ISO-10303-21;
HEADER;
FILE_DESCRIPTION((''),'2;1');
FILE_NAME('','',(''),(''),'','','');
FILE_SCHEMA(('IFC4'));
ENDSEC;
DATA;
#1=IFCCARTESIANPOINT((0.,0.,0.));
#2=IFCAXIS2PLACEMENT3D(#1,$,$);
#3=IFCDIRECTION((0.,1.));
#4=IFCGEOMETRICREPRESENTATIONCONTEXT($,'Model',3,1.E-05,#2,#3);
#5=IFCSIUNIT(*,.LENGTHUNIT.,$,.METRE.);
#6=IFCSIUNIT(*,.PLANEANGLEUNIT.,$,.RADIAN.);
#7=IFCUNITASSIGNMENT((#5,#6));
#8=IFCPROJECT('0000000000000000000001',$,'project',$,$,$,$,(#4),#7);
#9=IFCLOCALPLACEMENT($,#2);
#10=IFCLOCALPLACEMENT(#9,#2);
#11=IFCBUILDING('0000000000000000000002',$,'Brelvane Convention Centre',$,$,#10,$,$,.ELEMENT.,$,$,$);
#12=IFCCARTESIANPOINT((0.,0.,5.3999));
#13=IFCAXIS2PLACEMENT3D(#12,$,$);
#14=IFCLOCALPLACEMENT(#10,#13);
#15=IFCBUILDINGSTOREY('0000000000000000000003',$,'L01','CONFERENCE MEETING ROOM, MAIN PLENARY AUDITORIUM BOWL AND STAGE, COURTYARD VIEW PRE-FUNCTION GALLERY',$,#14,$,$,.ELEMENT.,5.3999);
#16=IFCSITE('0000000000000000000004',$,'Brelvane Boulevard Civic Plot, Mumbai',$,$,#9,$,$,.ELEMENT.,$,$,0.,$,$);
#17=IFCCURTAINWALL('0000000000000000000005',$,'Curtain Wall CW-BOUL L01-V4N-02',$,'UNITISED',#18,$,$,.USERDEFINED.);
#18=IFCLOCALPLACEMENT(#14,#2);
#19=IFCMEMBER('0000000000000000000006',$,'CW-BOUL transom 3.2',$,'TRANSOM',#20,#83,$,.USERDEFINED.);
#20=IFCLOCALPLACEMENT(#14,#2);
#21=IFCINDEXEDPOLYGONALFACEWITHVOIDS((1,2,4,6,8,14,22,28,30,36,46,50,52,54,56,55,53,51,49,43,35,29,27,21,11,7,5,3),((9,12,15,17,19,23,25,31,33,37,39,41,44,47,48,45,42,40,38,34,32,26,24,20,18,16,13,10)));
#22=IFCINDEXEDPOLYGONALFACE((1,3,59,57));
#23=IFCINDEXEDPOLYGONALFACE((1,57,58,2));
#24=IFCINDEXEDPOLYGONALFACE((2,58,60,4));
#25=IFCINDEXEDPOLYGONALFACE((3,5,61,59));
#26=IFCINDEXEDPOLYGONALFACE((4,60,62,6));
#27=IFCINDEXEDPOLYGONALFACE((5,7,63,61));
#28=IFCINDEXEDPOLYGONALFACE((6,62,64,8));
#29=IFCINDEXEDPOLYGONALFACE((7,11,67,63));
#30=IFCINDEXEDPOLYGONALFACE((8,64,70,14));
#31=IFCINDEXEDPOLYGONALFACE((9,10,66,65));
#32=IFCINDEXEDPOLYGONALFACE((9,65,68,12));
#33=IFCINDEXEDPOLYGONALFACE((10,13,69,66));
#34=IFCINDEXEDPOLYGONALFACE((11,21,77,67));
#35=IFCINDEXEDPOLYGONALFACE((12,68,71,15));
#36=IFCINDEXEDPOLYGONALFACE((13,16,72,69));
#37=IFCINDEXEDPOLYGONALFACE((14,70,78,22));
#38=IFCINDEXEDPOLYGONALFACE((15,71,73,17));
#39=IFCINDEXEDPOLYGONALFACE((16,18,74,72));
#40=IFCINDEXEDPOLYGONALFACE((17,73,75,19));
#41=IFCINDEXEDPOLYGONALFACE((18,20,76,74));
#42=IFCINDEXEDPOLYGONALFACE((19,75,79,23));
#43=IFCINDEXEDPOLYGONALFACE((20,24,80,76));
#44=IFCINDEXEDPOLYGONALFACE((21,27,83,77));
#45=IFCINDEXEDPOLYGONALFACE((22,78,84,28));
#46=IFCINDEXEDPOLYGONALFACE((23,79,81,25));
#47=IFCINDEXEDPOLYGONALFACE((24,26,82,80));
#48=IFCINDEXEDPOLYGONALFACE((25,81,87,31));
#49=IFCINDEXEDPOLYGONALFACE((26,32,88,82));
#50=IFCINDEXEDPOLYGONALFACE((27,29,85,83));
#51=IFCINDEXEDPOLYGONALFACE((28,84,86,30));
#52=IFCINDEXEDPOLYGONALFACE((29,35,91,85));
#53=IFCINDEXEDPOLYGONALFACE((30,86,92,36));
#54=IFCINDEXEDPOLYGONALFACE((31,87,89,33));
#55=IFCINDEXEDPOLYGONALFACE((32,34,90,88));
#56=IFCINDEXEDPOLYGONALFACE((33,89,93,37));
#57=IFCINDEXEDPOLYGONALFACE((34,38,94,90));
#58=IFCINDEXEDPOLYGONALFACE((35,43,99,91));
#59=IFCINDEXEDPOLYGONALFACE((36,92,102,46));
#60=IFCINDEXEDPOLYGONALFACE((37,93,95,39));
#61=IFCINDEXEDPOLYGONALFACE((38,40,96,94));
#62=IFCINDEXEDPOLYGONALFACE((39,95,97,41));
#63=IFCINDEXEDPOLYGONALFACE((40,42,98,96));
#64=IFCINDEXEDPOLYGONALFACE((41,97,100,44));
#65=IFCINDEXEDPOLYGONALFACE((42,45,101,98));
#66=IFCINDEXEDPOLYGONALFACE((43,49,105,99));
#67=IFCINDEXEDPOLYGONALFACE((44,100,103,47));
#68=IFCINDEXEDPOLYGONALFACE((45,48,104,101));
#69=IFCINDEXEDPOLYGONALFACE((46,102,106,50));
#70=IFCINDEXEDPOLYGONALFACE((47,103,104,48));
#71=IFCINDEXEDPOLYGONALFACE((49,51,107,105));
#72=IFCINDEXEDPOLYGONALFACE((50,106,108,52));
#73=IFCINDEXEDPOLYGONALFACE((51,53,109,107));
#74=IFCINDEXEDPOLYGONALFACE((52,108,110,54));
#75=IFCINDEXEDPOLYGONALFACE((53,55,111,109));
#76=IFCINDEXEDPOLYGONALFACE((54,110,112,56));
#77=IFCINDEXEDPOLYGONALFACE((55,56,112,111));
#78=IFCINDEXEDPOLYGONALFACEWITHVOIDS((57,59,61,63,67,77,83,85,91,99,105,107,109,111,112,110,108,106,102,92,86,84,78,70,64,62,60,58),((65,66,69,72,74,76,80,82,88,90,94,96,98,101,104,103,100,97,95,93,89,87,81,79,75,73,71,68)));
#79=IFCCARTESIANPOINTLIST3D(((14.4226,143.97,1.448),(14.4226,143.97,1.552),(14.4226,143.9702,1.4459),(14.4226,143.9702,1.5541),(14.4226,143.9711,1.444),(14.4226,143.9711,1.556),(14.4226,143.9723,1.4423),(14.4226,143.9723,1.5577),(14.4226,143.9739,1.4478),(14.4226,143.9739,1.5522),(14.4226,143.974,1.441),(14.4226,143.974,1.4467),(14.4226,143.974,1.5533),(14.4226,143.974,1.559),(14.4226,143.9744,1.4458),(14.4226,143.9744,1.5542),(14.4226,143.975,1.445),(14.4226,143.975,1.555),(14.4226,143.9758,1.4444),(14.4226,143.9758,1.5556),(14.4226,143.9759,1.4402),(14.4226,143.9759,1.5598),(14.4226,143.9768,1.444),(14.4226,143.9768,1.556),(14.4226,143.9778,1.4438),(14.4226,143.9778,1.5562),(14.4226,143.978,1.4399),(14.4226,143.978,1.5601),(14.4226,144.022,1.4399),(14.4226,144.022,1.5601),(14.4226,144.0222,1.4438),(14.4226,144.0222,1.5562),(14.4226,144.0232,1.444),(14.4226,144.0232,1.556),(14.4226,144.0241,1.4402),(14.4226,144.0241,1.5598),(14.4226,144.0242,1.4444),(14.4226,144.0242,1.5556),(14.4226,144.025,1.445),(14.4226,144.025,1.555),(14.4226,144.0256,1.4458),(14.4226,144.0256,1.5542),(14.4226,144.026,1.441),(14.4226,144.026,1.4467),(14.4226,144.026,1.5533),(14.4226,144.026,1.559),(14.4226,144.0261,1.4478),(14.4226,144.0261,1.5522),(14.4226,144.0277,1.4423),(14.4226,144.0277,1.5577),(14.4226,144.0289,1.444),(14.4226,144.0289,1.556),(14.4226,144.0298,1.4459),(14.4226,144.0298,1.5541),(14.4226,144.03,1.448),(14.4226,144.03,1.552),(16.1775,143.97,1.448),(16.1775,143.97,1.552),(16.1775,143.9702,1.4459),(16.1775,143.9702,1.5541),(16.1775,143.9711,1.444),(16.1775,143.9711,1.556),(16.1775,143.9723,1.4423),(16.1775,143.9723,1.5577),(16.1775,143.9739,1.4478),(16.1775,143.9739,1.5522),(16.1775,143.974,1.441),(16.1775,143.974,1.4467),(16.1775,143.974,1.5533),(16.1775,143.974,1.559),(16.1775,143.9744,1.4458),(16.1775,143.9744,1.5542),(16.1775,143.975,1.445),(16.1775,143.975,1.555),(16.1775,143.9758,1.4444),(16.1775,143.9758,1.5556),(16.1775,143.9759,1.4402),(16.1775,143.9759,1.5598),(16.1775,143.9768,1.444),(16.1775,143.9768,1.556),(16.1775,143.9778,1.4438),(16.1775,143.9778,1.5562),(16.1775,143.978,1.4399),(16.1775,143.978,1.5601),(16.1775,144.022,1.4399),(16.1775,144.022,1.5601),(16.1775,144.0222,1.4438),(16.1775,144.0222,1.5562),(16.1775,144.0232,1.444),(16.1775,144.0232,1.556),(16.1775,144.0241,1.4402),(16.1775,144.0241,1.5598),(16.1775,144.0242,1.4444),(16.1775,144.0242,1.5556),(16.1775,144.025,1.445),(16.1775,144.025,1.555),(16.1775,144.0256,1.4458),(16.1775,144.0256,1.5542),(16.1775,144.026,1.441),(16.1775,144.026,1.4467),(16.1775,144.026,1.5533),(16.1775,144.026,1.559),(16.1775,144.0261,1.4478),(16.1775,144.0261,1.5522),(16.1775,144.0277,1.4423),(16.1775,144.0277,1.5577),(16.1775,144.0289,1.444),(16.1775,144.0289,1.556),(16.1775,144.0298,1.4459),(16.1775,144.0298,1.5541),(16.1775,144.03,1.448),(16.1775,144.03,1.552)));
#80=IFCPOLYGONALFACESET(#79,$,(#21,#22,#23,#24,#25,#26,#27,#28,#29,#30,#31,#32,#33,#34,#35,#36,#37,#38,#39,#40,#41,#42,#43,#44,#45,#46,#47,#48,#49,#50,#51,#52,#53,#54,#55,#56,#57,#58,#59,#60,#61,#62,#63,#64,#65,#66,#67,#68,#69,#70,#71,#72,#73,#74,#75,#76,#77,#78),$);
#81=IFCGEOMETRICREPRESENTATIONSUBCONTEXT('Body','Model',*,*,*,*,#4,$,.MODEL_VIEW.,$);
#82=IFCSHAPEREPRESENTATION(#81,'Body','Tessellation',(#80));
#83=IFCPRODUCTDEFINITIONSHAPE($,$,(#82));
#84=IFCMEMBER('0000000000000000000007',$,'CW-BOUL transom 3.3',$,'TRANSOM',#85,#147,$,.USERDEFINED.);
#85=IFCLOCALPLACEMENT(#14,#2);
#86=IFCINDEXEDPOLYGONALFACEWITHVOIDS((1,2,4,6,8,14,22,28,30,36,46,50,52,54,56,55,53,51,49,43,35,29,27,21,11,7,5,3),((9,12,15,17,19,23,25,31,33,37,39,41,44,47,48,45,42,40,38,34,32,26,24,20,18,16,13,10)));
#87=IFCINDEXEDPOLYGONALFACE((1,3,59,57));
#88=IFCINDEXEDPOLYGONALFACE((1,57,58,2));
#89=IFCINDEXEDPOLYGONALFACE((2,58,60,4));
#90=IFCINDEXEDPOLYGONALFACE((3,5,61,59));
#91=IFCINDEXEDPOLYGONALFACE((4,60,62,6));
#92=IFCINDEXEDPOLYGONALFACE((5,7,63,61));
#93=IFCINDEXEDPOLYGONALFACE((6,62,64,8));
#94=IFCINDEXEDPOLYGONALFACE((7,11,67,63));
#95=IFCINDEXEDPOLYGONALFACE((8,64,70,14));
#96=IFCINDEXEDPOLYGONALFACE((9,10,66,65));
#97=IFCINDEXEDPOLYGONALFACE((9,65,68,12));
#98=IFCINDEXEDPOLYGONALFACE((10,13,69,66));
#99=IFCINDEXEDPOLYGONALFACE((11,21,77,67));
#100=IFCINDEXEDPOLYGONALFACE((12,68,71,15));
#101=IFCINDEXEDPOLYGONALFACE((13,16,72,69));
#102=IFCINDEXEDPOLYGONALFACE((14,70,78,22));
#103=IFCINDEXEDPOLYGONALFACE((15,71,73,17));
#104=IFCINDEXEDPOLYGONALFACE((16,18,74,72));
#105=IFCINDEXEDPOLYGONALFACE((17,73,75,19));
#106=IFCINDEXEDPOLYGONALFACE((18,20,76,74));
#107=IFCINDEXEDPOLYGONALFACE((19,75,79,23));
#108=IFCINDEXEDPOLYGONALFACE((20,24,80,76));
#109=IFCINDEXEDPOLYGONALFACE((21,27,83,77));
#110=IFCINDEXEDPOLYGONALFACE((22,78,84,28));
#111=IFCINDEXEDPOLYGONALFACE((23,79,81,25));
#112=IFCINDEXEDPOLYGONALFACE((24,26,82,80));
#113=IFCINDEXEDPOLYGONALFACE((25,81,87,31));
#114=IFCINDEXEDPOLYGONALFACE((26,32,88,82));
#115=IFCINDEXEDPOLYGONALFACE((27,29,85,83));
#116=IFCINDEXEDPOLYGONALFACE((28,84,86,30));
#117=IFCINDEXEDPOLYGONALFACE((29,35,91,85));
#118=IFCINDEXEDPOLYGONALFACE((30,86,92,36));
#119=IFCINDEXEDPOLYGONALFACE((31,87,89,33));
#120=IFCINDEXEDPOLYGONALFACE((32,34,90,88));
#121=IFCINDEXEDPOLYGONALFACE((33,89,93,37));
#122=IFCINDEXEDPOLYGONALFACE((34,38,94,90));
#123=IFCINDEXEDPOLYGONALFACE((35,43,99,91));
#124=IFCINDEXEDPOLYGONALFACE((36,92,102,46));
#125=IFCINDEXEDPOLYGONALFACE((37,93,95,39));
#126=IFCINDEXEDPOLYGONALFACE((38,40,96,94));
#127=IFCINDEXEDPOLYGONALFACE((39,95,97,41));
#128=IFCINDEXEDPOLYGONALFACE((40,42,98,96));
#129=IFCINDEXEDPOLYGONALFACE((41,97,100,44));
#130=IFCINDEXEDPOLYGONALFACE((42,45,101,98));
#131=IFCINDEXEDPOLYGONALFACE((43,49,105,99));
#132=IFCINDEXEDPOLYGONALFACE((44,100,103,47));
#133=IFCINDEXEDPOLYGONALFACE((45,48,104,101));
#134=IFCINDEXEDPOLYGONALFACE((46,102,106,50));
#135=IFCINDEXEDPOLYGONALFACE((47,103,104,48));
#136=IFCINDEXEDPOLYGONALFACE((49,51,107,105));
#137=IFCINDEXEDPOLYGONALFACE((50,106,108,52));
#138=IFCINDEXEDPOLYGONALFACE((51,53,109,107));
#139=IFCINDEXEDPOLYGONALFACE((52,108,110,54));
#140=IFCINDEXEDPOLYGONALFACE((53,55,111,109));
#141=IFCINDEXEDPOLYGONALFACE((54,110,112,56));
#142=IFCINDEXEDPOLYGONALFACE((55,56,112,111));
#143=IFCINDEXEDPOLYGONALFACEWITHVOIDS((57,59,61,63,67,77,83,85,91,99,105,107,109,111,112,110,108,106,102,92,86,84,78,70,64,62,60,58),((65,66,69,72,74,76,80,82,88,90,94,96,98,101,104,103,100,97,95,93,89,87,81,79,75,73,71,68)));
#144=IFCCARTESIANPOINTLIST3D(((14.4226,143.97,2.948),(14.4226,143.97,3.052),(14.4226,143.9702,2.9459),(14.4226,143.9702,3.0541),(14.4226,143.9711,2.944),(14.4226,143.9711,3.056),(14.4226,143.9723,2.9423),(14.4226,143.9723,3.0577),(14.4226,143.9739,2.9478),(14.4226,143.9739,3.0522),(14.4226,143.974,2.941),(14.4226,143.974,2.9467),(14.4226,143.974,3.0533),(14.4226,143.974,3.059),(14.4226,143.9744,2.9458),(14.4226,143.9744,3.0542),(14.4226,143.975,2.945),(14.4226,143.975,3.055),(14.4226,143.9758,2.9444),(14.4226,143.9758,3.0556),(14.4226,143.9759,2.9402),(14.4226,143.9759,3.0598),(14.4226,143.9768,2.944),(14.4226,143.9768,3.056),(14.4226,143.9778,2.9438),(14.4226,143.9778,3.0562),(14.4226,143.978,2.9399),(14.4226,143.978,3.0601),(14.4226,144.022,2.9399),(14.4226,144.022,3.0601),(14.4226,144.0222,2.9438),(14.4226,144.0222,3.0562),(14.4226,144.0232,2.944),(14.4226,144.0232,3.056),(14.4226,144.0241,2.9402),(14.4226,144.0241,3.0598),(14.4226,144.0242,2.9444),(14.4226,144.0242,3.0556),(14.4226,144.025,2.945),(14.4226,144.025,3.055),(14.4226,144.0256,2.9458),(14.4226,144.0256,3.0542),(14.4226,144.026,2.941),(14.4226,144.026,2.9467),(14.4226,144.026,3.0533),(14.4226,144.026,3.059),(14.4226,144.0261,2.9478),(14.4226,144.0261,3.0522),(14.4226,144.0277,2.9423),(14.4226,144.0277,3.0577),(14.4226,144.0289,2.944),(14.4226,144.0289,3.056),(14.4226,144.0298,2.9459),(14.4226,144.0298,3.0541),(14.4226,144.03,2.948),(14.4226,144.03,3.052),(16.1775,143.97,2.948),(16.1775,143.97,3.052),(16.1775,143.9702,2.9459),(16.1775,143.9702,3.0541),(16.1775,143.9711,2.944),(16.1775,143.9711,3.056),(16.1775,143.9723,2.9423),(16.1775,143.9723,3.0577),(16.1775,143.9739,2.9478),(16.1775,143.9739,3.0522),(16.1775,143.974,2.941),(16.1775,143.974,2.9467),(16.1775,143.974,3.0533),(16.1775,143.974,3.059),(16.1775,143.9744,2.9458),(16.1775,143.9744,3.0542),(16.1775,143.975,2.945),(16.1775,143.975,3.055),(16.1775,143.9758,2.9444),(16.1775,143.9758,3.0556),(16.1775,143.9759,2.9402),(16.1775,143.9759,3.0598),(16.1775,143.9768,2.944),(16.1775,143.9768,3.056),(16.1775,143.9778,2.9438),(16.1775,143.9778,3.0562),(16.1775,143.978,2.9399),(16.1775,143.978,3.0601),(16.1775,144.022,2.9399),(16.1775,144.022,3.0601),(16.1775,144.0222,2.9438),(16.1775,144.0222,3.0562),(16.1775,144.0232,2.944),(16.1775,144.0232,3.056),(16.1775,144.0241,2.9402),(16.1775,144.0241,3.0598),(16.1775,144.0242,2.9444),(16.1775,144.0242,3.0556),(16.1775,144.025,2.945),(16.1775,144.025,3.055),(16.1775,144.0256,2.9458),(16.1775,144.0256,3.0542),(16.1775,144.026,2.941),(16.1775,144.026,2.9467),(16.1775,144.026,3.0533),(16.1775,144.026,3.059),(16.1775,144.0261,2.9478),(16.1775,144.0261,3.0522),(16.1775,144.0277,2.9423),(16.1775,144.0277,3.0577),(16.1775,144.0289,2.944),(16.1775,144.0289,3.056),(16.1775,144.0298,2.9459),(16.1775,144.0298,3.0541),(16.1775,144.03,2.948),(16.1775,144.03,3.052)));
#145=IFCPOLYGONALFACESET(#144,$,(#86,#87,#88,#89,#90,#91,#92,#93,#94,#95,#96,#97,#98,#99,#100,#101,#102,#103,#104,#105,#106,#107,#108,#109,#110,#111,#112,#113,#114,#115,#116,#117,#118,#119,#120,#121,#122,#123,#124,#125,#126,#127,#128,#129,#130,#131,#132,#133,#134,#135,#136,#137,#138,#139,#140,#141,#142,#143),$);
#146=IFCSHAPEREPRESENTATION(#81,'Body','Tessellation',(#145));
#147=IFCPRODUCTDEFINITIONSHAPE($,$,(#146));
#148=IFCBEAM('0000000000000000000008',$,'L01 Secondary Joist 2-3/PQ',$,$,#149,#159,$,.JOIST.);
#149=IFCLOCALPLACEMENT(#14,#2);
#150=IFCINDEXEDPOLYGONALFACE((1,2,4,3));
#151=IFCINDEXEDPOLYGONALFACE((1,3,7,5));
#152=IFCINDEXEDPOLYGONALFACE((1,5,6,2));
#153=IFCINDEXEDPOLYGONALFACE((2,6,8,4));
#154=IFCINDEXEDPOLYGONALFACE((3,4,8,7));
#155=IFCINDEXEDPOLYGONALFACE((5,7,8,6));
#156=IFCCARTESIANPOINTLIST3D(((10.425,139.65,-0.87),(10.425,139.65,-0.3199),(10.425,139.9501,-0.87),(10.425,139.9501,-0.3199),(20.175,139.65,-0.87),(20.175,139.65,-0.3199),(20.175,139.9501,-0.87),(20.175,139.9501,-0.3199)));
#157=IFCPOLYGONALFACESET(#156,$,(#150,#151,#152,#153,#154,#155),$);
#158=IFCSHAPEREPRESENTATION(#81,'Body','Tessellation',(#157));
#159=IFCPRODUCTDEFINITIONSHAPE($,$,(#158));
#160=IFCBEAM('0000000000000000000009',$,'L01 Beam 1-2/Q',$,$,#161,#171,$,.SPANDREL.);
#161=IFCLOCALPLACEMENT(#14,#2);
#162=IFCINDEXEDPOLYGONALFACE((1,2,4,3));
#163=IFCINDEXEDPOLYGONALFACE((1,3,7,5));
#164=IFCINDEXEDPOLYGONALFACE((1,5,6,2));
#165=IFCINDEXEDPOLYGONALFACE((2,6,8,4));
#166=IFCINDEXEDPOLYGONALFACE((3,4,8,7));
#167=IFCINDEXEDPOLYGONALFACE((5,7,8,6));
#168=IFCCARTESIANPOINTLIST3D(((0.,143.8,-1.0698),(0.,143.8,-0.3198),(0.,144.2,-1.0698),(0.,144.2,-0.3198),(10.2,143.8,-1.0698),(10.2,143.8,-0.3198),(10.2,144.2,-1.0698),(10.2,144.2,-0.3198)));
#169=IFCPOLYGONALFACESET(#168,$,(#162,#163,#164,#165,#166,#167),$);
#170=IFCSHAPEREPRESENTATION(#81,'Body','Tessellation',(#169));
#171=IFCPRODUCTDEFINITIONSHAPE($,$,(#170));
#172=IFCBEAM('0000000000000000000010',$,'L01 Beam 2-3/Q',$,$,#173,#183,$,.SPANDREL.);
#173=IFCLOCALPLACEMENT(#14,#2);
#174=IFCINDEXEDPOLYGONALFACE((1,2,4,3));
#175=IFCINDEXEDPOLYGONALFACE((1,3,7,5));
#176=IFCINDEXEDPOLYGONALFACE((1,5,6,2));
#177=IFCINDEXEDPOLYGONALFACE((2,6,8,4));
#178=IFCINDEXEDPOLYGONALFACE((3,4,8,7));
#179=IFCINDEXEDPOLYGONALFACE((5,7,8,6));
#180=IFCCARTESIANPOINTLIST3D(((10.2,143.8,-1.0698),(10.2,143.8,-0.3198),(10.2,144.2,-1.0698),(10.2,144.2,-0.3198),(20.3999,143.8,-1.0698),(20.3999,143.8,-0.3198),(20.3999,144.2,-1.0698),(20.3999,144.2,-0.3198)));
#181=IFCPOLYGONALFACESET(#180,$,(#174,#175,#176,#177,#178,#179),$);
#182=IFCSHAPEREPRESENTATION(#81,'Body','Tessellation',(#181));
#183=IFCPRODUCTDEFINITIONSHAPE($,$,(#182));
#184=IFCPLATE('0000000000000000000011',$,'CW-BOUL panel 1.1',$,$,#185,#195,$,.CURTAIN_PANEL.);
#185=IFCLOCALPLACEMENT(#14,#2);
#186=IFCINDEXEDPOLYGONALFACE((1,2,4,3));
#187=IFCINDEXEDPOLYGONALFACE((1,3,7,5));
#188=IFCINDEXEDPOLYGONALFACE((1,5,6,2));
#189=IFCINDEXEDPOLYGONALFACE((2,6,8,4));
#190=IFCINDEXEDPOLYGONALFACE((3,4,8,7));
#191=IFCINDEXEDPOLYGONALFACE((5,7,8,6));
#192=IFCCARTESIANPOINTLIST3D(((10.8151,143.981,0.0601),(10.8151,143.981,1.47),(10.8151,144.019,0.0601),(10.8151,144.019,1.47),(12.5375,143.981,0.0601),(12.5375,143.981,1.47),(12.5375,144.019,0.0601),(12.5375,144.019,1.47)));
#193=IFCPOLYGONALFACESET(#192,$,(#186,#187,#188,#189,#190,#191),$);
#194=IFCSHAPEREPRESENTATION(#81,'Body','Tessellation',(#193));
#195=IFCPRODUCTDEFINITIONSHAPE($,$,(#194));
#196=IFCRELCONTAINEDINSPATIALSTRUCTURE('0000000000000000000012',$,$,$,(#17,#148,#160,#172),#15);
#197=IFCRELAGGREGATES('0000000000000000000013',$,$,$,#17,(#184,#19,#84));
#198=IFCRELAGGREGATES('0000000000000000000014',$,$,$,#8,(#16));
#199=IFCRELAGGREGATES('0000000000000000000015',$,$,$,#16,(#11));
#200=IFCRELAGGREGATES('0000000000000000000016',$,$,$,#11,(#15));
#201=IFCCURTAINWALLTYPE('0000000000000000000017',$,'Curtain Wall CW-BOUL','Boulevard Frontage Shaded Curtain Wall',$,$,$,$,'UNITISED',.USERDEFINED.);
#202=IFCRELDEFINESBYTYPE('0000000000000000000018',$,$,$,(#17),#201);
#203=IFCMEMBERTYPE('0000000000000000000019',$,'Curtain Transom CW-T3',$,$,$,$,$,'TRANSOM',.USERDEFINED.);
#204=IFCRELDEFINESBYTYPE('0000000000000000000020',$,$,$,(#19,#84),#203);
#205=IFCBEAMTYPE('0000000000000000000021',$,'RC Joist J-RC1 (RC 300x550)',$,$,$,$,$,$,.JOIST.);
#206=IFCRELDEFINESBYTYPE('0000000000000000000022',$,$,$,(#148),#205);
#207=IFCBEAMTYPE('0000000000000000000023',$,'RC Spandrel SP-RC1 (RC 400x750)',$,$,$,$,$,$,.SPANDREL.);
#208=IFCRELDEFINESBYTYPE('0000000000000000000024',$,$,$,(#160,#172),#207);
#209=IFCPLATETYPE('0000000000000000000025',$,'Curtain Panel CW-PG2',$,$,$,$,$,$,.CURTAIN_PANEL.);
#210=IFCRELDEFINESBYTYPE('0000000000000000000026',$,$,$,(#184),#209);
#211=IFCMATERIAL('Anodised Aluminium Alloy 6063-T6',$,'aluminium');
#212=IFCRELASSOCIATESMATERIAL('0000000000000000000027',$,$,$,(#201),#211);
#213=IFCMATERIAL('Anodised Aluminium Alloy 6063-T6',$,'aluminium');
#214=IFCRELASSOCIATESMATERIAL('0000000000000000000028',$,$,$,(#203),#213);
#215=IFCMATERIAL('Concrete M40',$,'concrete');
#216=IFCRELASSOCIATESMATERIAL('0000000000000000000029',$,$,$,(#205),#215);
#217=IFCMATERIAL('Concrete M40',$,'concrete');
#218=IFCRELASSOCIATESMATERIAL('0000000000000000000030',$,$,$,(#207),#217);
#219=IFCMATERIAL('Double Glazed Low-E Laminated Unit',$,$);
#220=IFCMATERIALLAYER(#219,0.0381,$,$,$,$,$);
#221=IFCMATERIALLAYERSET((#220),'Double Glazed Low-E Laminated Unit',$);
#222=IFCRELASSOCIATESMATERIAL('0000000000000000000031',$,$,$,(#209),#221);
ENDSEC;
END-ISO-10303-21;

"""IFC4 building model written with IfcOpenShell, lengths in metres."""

from ifc_helpers import new_model, si_unit, direction, frame, origin, origin_2d, place, context, subcontext, project, spatial, rectangle, hollow_rectangle, extrude, material, layer, layer_set, material_profile, profile_set, type_object, element, aggregate, save


model = new_model("IFC4")

# Units and contexts
model_context = context("Model", 3, precision=1e-05, world=origin(), true_north=direction((0.0, 1.0)))
body_context = subcontext(model_context, "Body", "Model", "MODEL_VIEW")
ifc_project = project(units=[si_unit("LENGTHUNIT", "METRE"), si_unit("PLANEANGLEUNIT", "RADIAN")], contexts=[model_context])

# Site, building, storey
site_placement = place(None, origin())
site = spatial("IfcSite", under=ifc_project, at=site_placement, Name="Brelvane Boulevard Civic Plot, Mumbai", CompositionType="ELEMENT", RefElevation=0.0)
building_placement = place(site_placement, origin())
building = spatial("IfcBuilding", under=site, at=building_placement, Name="Brelvane Convention Centre", CompositionType="ELEMENT")
storey_placement = place(building_placement, frame((0.0, 0.0, 5.3999)))
storey = spatial("IfcBuildingStorey", under=building, at=storey_placement, Name="L01", Description="CONFERENCE MEETING ROOM, MAIN PLENARY AUDITORIUM BOWL AND STAGE, COURTYARD VIEW PRE-FUNCTION GALLERY", CompositionType="ELEMENT", Elevation=5.3999)

# Curtain wall, members
ifc_material_1 = material(Name="Anodised Aluminium Alloy 6063-T6", Category="aluminium")
curtain_wall_type = type_object("IfcCurtainWallType", Name="Curtain Wall CW-BOUL", Description="Boulevard Frontage Shaded Curtain Wall", ElementType="UNITISED", PredefinedType="USERDEFINED", material=ifc_material_1)
curtain_wall_placement = place(storey_placement, origin())
curtain_wall = element("IfcCurtainWall", 1, at=curtain_wall_placement, inside=storey, type_object=curtain_wall_type, Name="Curtain Wall CW-BOUL L01-V4N-02", ObjectType="UNITISED", PredefinedType="USERDEFINED")
ifc_material_2 = material(Name="Anodised Aluminium Alloy 6063-T6", Category="aluminium")
ifc_material_profile_1 = material_profile(ifc_material_2, hollow_rectangle(XDim=0.0601, YDim=0.1201, WallThickness=0.0039, InnerFilletRadius=0.0039, OuterFilletRadius=0.0081, at=origin_2d()), Name="ALU-T 120x60x4.0")
ifc_profile_set_1 = profile_set([ifc_material_profile_1], Name="Anodised Aluminium Alloy 6063-T6")
member_type_1 = type_object("IfcMemberType", Name="Curtain Transom CW-T3", ElementType="TRANSOM", PredefinedType="USERDEFINED", material=ifc_profile_set_1)
member_1_placement = place(storey_placement, frame((14.4226, 144.0, 1.5), z_axis=(1.0, 0.0, 0.0), x_axis=(0.0, 1.0, 0.0)))
member_1 = element("IfcMember", 2, at=member_1_placement, type_object=member_type_1, Name="CW-BOUL transom 3.2", ObjectType="TRANSOM", PredefinedType="USERDEFINED", context=body_context, shape_type="SweptSolid", body=[
    extrude(hollow_rectangle(XDim=0.0601, YDim=0.1201, WallThickness=0.0039, InnerFilletRadius=0.0039, OuterFilletRadius=0.0081, at=origin_2d()), origin(), (0.0, 0.0, 1.0), 1.7549),
])
member_2_placement = place(storey_placement, frame((14.4226, 144.0, 3.0), z_axis=(1.0, 0.0, 0.0), x_axis=(0.0, 1.0, 0.0)))
member_2 = element("IfcMember", 3, at=member_2_placement, type_object=member_type_1, Name="CW-BOUL transom 3.3", ObjectType="TRANSOM", PredefinedType="USERDEFINED", context=body_context, shape_type="SweptSolid", body=[
    extrude(hollow_rectangle(XDim=0.0601, YDim=0.1201, WallThickness=0.0039, InnerFilletRadius=0.0039, OuterFilletRadius=0.0081, at=origin_2d()), origin(), (0.0, 0.0, 1.0), 1.7549),
])

# Beams
ifc_material_3 = material(Name="Concrete M40", Category="concrete")
ifc_material_profile_2 = material_profile(ifc_material_3, rectangle(XDim=0.3, YDim=0.55, at=origin_2d()), Name="RC 300x550")
ifc_profile_set_2 = profile_set([ifc_material_profile_2], Name="Concrete M40")
beam_type_1 = type_object("IfcBeamType", Name="RC Joist J-RC1 (RC 300x550)", PredefinedType="JOIST", material=ifc_profile_set_2)
beam_placement = place(storey_placement, frame((10.425, 139.8, -0.595), z_axis=(1.0, 0.0, 0.0), x_axis=(0.0, 1.0, 0.0)))
element("IfcBeam", 4, at=beam_placement, inside=storey, type_object=beam_type_1, Name="L01 Secondary Joist 2-3/PQ", PredefinedType="JOIST", context=body_context, shape_type="SweptSolid", body=[
    extrude(rectangle(XDim=0.3, YDim=0.55, at=origin_2d()), origin(), (0.0, 0.0, 1.0), 9.75),
])
ifc_material_4 = material(Name="Concrete M40", Category="concrete")
ifc_material_profile_3 = material_profile(ifc_material_4, rectangle(XDim=0.3999, YDim=0.75, at=origin_2d()), Name="RC 400x750")
ifc_profile_set_3 = profile_set([ifc_material_profile_3], Name="Concrete M40")
beam_type_2 = type_object("IfcBeamType", Name="RC Spandrel SP-RC1 (RC 400x750)", PredefinedType="SPANDREL", material=ifc_profile_set_3)
for number, where, z_axis, x_axis, name in (
    (5, (0.0, 144.0, -0.6948), (1.0, 0.0, 0.0), (0.0, 1.0, 0.0), "L01 Beam 1-2/Q"),
    (6, (10.2, 144.0, -0.6948), (1.0, 0.0, 0.0), (0.0, 1.0, 0.0), "L01 Beam 2-3/Q"),
):
    element("IfcBeam", number, at=place(storey_placement, frame(where, z_axis=z_axis, x_axis=x_axis)), inside=storey, type_object=beam_type_2, Name=name, PredefinedType="SPANDREL", context=body_context, shape_type="SweptSolid", body=[
        extrude(rectangle(XDim=0.3999, YDim=0.75, at=origin_2d()), origin(), (0.0, 0.0, 1.0), 10.2),
    ])

# Plate
ifc_material_5 = material(Name="Double Glazed Low-E Laminated Unit")
ifc_layer_1 = layer(ifc_material_5, 0.0381)
ifc_layer_set_1 = layer_set([ifc_layer_1], Name="Double Glazed Low-E Laminated Unit")
plate_type = type_object("IfcPlateType", Name="Curtain Panel CW-PG2", PredefinedType="CURTAIN_PANEL", material=ifc_layer_set_1)
plate_1_placement = place(storey_placement, frame((11.6763, 144.0, 0.0601), z_axis=(0.0, 0.0, 1.0), x_axis=(1.0, 0.0, 0.0)))
plate_1 = element("IfcPlate", 7, at=plate_1_placement, type_object=plate_type, Name="CW-BOUL panel 1.1", PredefinedType="CURTAIN_PANEL", context=body_context, shape_type="SweptSolid", body=[
    extrude(rectangle(XDim=1.7224, YDim=0.0381, at=origin_2d()), origin(), (0.0, 0.0, 1.0), 1.4099),
])
aggregate(curtain_wall, [plate_1, member_1, member_2])

save(model, "model.ifc")
